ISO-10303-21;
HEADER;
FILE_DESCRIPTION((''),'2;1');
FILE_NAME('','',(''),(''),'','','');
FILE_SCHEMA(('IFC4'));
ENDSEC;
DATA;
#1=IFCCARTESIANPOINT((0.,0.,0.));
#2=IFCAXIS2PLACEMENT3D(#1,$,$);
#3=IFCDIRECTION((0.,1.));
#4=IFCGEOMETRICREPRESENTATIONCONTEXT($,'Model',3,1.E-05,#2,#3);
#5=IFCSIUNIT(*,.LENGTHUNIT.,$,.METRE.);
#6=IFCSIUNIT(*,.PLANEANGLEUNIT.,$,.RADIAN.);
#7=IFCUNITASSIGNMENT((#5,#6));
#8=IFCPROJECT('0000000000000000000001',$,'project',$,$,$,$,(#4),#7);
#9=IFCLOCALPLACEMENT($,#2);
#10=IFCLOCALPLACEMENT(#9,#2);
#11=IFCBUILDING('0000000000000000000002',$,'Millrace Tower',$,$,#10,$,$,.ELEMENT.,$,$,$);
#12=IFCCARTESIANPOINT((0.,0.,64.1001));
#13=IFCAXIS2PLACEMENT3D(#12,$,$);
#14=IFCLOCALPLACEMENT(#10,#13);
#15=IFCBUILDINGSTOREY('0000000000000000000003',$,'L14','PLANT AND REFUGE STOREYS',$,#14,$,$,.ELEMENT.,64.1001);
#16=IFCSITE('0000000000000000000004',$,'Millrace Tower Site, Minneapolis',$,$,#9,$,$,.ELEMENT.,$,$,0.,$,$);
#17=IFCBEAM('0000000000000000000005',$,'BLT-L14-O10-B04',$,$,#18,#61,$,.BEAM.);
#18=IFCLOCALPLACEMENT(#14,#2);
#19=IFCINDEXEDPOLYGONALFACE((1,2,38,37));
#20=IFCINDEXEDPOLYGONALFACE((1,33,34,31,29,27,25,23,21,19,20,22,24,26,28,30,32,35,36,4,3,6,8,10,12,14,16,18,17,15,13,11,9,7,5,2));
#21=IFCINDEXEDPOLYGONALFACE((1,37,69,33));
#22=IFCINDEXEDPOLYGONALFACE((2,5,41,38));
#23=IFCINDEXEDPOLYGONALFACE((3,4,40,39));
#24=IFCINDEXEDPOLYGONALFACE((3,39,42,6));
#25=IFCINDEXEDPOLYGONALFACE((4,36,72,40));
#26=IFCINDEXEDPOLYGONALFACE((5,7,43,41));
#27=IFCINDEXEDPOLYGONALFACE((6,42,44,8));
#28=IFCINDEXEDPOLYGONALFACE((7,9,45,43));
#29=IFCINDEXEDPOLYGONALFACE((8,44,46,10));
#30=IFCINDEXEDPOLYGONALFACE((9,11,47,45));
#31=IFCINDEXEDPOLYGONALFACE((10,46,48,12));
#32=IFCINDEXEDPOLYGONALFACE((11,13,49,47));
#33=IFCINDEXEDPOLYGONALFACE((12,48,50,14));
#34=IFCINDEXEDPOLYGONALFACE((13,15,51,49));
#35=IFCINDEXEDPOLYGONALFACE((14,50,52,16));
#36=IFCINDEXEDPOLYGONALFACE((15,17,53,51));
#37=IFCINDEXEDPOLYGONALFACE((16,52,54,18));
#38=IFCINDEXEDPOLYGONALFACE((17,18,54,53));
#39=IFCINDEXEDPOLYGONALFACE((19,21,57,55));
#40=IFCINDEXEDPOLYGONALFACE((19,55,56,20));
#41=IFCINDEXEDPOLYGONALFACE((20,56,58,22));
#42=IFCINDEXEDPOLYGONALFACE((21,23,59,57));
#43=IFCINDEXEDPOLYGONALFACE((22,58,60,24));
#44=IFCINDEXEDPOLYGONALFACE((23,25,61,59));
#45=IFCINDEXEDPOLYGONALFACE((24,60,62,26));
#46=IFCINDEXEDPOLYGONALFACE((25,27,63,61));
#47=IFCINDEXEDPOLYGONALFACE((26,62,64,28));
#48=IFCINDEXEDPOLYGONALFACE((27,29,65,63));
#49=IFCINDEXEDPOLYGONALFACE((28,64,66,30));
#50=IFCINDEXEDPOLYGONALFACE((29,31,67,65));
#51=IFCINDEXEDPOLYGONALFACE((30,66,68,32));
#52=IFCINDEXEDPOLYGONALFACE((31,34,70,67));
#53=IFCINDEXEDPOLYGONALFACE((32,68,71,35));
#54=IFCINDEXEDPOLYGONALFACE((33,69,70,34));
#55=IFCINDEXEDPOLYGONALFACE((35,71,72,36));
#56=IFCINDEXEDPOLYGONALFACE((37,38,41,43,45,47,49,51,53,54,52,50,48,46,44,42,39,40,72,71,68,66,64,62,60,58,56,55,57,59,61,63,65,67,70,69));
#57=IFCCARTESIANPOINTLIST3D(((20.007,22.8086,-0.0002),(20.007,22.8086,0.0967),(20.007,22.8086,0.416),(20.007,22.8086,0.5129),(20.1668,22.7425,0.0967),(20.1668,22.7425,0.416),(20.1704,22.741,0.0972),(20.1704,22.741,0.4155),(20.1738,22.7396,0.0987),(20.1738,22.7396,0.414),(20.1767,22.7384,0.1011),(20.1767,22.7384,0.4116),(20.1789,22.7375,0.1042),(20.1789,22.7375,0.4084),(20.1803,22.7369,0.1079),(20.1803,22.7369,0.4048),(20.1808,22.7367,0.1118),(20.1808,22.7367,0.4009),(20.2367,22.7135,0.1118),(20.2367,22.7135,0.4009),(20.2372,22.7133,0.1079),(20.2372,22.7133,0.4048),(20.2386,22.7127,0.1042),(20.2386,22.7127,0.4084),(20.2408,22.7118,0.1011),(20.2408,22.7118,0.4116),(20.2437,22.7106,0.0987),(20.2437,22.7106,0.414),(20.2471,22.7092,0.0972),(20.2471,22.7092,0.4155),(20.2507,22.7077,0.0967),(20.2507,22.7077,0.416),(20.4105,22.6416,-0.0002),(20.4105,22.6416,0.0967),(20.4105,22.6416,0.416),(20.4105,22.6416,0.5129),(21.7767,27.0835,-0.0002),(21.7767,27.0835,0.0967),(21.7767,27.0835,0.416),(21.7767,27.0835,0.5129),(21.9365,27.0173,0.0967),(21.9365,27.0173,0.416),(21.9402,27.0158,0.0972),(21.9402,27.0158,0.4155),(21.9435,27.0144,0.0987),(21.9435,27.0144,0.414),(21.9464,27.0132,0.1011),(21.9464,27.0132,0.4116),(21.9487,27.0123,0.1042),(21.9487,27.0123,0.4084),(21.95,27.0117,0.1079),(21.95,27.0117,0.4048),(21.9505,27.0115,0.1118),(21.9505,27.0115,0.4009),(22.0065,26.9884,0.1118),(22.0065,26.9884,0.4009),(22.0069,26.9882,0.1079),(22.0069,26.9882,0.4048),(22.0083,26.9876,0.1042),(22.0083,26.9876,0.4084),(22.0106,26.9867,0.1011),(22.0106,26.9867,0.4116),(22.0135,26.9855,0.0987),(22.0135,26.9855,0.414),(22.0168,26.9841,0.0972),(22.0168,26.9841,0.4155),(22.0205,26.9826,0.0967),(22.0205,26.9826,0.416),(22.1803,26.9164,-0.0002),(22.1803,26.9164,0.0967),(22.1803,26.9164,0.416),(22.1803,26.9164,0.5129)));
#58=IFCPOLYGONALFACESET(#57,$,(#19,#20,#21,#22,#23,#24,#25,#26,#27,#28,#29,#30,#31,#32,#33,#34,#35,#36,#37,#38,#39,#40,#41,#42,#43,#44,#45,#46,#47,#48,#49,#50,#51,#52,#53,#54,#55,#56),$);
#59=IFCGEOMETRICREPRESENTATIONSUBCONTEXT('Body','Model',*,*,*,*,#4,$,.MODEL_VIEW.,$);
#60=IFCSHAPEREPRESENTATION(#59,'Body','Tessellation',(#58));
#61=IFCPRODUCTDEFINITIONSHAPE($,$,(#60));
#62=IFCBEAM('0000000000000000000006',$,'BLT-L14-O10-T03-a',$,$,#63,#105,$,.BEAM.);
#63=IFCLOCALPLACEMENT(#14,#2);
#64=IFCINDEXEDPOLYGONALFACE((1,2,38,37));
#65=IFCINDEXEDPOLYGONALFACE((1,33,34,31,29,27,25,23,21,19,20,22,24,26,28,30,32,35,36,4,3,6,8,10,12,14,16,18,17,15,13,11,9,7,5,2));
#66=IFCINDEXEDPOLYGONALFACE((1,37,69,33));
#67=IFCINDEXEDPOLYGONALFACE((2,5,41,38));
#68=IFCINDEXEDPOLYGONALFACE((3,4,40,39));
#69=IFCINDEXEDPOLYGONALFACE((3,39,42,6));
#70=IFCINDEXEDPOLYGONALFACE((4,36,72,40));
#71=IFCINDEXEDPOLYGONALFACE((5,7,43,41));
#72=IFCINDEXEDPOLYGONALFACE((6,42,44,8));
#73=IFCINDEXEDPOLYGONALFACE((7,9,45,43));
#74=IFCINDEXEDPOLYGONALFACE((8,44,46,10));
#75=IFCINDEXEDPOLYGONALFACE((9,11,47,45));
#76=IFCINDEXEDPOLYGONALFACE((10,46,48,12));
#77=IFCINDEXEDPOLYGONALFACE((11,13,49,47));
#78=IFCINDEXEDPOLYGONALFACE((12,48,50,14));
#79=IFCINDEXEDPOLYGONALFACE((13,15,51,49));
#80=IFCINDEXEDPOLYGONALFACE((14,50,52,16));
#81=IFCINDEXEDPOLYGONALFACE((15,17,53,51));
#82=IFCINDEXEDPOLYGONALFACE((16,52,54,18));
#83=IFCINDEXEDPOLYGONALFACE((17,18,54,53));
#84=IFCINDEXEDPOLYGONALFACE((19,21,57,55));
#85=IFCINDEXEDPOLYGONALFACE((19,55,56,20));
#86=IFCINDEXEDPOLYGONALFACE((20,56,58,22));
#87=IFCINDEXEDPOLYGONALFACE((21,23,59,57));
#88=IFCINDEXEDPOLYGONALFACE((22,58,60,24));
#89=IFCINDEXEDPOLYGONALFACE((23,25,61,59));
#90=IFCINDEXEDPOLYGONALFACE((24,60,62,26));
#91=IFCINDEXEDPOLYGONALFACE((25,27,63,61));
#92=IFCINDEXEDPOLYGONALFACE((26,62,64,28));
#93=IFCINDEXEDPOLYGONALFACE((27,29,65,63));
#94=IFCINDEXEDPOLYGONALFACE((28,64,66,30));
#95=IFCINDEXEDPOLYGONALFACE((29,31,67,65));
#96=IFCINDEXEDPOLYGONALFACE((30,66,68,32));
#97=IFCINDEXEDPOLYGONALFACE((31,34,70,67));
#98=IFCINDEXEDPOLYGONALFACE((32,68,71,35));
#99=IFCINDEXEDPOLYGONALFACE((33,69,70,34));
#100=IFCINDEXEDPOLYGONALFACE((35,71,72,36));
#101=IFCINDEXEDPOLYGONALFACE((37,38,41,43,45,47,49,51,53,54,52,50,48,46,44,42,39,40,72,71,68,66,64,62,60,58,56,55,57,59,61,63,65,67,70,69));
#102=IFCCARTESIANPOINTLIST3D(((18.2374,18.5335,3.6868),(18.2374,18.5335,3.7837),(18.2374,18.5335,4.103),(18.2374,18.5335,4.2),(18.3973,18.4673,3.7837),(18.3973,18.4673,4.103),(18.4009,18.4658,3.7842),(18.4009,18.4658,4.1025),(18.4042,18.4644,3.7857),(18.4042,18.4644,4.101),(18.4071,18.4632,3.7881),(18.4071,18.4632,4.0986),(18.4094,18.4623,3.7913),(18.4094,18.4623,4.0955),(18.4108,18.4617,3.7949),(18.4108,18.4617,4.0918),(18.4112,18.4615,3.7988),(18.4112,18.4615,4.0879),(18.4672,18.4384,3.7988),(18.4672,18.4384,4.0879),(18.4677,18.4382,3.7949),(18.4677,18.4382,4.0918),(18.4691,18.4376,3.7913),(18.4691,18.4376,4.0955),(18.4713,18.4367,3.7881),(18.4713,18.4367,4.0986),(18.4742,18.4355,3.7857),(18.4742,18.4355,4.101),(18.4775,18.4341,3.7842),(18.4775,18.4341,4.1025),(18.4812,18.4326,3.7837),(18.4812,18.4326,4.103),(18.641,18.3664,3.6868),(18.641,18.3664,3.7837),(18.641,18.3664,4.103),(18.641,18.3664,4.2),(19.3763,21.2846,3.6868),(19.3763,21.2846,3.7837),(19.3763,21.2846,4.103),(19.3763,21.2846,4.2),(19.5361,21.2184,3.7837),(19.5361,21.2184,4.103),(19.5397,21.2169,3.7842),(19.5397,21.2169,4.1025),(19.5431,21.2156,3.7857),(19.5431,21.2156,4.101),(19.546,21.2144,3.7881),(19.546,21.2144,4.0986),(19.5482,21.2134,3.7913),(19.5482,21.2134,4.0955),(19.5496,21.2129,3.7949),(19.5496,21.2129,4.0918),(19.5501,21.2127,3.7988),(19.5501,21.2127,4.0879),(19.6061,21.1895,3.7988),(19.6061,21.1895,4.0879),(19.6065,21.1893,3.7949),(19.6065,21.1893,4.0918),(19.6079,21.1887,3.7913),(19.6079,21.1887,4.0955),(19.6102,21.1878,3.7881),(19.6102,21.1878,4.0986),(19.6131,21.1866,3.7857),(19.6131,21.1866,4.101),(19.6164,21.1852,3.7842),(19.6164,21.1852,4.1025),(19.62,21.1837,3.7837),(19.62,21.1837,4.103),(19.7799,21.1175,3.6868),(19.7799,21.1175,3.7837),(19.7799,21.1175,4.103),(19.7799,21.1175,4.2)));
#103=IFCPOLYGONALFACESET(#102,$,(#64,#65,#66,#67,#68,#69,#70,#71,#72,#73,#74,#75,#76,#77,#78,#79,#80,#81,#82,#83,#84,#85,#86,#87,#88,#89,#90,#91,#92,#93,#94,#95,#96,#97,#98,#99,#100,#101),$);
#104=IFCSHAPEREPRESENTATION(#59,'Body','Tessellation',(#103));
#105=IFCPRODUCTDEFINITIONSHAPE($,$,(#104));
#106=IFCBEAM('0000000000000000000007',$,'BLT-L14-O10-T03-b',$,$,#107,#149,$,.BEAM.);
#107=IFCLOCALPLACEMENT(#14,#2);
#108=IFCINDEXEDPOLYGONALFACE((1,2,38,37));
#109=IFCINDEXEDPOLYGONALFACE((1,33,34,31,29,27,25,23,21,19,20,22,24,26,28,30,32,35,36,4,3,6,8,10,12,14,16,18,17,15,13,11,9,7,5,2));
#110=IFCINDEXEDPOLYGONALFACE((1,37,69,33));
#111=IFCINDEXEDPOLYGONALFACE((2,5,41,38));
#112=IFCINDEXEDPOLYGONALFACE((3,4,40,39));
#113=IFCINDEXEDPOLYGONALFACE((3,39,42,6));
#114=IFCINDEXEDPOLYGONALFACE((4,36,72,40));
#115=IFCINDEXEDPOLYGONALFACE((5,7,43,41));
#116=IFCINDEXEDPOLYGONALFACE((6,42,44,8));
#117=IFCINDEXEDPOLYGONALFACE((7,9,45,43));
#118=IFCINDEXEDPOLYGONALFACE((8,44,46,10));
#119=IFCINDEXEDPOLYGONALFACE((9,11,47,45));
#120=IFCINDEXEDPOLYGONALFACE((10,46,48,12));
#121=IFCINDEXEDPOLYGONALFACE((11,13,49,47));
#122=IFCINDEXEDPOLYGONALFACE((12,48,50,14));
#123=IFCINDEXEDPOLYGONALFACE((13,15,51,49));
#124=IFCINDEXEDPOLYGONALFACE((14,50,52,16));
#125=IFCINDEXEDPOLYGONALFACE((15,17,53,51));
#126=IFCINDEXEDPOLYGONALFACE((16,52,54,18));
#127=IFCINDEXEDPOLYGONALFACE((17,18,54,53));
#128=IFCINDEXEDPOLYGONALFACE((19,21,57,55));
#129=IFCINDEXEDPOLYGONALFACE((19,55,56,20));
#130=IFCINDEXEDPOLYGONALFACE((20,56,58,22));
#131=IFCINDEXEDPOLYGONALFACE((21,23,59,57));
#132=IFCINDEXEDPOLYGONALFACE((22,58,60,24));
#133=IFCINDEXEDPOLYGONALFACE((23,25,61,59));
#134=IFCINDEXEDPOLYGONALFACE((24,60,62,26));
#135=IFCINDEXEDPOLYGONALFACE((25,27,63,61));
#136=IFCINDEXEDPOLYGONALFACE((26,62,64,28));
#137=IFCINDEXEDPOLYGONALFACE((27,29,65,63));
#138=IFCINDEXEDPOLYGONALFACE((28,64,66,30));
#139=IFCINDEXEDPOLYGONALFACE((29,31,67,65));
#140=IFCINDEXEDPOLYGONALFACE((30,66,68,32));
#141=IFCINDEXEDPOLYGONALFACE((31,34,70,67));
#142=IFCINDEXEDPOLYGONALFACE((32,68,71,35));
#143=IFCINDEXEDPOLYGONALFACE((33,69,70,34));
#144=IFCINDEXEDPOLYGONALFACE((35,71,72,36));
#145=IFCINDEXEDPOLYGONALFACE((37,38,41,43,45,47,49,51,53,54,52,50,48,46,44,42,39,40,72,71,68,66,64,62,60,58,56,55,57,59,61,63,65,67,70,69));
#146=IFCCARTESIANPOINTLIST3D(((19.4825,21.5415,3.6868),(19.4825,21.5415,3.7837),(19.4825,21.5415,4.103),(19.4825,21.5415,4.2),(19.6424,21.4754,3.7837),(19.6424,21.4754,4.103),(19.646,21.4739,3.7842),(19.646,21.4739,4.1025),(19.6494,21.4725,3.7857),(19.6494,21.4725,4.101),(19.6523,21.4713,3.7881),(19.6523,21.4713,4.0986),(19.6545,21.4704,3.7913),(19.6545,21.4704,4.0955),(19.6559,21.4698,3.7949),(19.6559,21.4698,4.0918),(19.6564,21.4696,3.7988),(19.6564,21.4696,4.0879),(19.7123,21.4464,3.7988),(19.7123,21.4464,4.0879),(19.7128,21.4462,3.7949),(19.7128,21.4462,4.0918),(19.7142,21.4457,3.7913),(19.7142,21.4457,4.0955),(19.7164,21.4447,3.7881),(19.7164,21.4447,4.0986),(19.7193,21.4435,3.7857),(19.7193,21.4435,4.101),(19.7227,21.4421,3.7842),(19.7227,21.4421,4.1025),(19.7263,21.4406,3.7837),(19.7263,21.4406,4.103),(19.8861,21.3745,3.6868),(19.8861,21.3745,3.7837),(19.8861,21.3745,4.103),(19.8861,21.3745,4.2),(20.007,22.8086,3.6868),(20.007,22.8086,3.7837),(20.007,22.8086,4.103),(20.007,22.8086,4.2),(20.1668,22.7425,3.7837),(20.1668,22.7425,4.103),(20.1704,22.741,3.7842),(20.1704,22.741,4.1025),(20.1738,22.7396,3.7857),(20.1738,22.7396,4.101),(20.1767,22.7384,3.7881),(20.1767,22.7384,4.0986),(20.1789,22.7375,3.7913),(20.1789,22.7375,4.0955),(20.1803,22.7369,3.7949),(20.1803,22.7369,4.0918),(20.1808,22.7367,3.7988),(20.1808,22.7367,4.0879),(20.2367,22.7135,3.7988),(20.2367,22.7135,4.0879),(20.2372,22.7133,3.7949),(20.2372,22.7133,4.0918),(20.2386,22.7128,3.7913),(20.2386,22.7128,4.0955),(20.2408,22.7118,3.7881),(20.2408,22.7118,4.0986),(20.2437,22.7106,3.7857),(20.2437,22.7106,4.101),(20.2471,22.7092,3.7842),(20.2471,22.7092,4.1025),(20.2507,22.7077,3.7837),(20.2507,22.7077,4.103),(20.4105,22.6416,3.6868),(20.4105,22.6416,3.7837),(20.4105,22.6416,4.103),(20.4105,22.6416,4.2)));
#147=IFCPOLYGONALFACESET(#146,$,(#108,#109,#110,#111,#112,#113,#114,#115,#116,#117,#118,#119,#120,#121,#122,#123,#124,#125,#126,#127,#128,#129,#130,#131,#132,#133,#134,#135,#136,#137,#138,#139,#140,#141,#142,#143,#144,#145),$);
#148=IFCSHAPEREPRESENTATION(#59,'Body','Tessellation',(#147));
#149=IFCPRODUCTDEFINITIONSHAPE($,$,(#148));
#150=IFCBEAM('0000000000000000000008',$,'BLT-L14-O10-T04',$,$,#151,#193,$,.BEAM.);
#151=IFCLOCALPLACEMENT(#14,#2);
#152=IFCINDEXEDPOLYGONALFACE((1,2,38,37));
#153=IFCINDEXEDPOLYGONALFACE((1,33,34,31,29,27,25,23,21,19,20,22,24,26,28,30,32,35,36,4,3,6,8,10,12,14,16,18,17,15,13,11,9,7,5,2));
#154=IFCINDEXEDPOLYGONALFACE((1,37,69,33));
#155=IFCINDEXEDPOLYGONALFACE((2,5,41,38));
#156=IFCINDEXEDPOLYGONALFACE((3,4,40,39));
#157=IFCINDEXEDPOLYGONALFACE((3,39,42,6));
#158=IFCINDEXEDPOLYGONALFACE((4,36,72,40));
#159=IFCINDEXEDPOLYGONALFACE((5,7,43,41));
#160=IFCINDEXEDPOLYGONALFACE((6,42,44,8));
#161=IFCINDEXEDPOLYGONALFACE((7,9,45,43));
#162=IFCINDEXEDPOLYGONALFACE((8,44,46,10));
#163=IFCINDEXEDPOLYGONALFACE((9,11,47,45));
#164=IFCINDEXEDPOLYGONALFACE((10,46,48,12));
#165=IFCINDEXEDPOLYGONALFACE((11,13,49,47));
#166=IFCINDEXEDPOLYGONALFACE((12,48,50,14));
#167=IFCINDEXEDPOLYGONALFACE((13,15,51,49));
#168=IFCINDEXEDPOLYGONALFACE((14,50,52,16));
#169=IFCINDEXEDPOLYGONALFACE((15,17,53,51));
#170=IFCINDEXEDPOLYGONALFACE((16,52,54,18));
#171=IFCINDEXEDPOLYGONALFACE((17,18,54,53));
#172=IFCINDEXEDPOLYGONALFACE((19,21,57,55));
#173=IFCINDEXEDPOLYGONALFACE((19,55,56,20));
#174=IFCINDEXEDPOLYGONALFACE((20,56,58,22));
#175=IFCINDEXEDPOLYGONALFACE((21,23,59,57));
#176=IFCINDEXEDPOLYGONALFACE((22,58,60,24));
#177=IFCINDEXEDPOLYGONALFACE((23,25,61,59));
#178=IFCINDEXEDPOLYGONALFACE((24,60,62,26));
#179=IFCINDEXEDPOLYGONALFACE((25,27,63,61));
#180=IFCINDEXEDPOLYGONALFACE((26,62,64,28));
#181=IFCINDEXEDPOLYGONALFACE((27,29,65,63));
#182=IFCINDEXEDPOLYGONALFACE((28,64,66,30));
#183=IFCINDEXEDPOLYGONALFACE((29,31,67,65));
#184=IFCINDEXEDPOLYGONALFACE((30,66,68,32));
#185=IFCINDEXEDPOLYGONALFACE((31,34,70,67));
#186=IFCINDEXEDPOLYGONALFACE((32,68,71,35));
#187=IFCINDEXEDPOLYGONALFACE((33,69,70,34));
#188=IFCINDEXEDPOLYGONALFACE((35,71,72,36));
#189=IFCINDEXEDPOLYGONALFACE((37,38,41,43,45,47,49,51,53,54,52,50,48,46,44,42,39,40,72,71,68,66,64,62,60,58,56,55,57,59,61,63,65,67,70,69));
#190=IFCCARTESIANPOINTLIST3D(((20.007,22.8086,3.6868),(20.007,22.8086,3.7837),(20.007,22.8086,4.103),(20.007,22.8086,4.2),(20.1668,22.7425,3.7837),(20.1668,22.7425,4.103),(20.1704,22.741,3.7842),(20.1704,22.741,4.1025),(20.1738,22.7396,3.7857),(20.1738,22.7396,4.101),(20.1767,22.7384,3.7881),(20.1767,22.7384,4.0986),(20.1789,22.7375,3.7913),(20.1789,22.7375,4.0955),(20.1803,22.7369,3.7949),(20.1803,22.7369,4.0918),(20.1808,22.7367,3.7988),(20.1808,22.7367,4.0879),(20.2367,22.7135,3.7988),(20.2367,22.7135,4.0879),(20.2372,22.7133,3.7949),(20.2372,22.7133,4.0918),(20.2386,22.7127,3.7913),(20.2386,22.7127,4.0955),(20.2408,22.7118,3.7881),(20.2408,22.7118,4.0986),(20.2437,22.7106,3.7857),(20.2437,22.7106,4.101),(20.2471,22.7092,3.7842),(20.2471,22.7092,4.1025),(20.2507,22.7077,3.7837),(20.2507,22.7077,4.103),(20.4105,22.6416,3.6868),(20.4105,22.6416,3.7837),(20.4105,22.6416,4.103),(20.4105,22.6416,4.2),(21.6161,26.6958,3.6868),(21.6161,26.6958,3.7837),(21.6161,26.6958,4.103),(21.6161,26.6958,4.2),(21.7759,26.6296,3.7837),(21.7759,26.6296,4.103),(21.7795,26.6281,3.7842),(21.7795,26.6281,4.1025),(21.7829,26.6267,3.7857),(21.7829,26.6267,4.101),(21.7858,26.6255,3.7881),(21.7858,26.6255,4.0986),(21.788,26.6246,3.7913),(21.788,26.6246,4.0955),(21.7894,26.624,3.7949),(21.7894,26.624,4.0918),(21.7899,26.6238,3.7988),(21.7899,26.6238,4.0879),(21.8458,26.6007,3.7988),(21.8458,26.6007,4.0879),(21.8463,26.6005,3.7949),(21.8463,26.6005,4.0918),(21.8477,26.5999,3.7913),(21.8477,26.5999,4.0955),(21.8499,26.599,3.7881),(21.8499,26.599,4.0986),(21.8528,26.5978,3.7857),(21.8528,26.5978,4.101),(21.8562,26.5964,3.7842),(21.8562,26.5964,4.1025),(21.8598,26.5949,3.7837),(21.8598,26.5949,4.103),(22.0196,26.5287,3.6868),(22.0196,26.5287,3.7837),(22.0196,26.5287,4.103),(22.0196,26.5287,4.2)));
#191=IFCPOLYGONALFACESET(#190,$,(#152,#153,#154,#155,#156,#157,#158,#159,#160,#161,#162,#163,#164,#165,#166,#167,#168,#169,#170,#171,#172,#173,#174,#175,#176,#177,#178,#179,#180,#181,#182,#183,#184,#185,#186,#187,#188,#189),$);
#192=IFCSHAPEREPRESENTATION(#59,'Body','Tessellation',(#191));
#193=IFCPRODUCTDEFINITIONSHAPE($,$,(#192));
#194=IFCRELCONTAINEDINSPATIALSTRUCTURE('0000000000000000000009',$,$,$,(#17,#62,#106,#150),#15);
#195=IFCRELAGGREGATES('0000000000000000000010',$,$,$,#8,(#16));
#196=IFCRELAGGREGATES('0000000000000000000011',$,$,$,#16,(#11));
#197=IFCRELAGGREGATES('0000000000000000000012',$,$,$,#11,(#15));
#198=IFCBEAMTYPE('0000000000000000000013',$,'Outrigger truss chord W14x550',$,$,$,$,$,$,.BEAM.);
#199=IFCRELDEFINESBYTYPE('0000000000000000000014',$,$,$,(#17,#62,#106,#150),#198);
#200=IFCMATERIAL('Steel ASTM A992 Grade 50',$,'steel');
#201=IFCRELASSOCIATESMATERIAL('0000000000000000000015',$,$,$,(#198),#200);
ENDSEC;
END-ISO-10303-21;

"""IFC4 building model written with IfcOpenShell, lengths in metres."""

from ifc_helpers import new_model, si_unit, direction, frame, origin, origin_2d, place, context, subcontext, project, spatial, i_section, extrude, material, material_profile, profile_set, type_object, element, save


model = new_model("IFC4")

# Units and contexts
model_context = context("Model", 3, precision=1e-05, world=origin(), true_north=direction((0.0, 1.0)))
body_context = subcontext(model_context, "Body", "Model", "MODEL_VIEW")
ifc_project = project(units=[si_unit("LENGTHUNIT", "METRE"), si_unit("PLANEANGLEUNIT", "RADIAN")], contexts=[model_context])

# Site, building, storey
site_placement = place(None, origin())
site = spatial("IfcSite", under=ifc_project, at=site_placement, Name="Millrace Tower Site, Minneapolis", CompositionType="ELEMENT", RefElevation=0.0)
building_placement = place(site_placement, origin())
building = spatial("IfcBuilding", under=site, at=building_placement, Name="Millrace Tower", CompositionType="ELEMENT")
storey_placement = place(building_placement, frame((0.0, 0.0, 64.1001)))
storey = spatial("IfcBuildingStorey", under=building, at=storey_placement, Name="L14", Description="PLANT AND REFUGE STOREYS", CompositionType="ELEMENT", Elevation=64.1001)

# Beams
ifc_material_1 = material(Name="Steel ASTM A992 Grade 50", Category="steel")
ifc_material_profile_1 = material_profile(ifc_material_1, i_section(OverallWidth=0.4368, OverallDepth=0.5132, WebThickness=0.0605, FlangeThickness=0.0969, FilletRadius=0.0151, at=origin_2d()))
ifc_profile_set_1 = profile_set([ifc_material_profile_1], Name="Steel ASTM A992 Grade 50")
beam_type_1 = type_object("IfcBeamType", Name="Outrigger truss chord W14x550", PredefinedType="BEAM", material=ifc_profile_set_1)
beam_1_placement = place(storey_placement, frame((20.2087, 22.7251, 0.2563), z_axis=(0.382509, 0.923952, 0.0), x_axis=(-0.923952, 0.382509, 0.0)))
element("IfcBeam", 1, at=beam_1_placement, inside=storey, type_object=beam_type_1, Name="BLT-L14-O10-B04", PredefinedType="BEAM", context=body_context, shape_type="SweptSolid", body=[
    extrude(i_section(OverallWidth=0.4368, OverallDepth=0.5132, WebThickness=0.0605, FlangeThickness=0.0969, FilletRadius=0.0151, at=origin_2d()), origin(), (0.0, 0.0, 1.0), 4.6267),
])
beam_2_placement = place(storey_placement, frame((18.4392, 18.45, 3.9434), z_axis=(0.382489, 0.92396, 0.0), x_axis=(-0.92396, 0.382489, 0.0)))
element("IfcBeam", 2, at=beam_2_placement, inside=storey, type_object=beam_type_1, Name="BLT-L14-O10-T03-a", PredefinedType="BEAM", context=body_context, shape_type="SweptSolid", body=[
    extrude(i_section(OverallWidth=0.4368, OverallDepth=0.5132, WebThickness=0.0605, FlangeThickness=0.0969, FilletRadius=0.0151, at=origin_2d()), origin(), (0.0, 0.0, 1.0), 2.9775),
])
beam_3_placement = place(storey_placement, frame((19.6843, 21.458, 3.9434), z_axis=(0.382415, 0.923991, 0.0), x_axis=(-0.923991, 0.382415, 0.0)))
element("IfcBeam", 3, at=beam_3_placement, inside=storey, type_object=beam_type_1, Name="BLT-L14-O10-T03-b", PredefinedType="BEAM", context=body_context, shape_type="SweptSolid", body=[
    extrude(i_section(OverallWidth=0.4368, OverallDepth=0.5132, WebThickness=0.0605, FlangeThickness=0.0969, FilletRadius=0.0151, at=origin_2d()), origin(), (0.0, 0.0, 1.0), 1.3713),
])
beam_4_placement = place(storey_placement, frame((20.2087, 22.7251, 3.9434), z_axis=(0.38248, 0.923964, 0.0), x_axis=(-0.923964, 0.38248, 0.0)))
element("IfcBeam", 4, at=beam_4_placement, inside=storey, type_object=beam_type_1, Name="BLT-L14-O10-T04", PredefinedType="BEAM", context=body_context, shape_type="SweptSolid", body=[
    extrude(i_section(OverallWidth=0.4368, OverallDepth=0.5132, WebThickness=0.0605, FlangeThickness=0.0969, FilletRadius=0.0151, at=origin_2d()), origin(), (0.0, 0.0, 1.0), 4.207),
])

save(model, "model.ifc")
